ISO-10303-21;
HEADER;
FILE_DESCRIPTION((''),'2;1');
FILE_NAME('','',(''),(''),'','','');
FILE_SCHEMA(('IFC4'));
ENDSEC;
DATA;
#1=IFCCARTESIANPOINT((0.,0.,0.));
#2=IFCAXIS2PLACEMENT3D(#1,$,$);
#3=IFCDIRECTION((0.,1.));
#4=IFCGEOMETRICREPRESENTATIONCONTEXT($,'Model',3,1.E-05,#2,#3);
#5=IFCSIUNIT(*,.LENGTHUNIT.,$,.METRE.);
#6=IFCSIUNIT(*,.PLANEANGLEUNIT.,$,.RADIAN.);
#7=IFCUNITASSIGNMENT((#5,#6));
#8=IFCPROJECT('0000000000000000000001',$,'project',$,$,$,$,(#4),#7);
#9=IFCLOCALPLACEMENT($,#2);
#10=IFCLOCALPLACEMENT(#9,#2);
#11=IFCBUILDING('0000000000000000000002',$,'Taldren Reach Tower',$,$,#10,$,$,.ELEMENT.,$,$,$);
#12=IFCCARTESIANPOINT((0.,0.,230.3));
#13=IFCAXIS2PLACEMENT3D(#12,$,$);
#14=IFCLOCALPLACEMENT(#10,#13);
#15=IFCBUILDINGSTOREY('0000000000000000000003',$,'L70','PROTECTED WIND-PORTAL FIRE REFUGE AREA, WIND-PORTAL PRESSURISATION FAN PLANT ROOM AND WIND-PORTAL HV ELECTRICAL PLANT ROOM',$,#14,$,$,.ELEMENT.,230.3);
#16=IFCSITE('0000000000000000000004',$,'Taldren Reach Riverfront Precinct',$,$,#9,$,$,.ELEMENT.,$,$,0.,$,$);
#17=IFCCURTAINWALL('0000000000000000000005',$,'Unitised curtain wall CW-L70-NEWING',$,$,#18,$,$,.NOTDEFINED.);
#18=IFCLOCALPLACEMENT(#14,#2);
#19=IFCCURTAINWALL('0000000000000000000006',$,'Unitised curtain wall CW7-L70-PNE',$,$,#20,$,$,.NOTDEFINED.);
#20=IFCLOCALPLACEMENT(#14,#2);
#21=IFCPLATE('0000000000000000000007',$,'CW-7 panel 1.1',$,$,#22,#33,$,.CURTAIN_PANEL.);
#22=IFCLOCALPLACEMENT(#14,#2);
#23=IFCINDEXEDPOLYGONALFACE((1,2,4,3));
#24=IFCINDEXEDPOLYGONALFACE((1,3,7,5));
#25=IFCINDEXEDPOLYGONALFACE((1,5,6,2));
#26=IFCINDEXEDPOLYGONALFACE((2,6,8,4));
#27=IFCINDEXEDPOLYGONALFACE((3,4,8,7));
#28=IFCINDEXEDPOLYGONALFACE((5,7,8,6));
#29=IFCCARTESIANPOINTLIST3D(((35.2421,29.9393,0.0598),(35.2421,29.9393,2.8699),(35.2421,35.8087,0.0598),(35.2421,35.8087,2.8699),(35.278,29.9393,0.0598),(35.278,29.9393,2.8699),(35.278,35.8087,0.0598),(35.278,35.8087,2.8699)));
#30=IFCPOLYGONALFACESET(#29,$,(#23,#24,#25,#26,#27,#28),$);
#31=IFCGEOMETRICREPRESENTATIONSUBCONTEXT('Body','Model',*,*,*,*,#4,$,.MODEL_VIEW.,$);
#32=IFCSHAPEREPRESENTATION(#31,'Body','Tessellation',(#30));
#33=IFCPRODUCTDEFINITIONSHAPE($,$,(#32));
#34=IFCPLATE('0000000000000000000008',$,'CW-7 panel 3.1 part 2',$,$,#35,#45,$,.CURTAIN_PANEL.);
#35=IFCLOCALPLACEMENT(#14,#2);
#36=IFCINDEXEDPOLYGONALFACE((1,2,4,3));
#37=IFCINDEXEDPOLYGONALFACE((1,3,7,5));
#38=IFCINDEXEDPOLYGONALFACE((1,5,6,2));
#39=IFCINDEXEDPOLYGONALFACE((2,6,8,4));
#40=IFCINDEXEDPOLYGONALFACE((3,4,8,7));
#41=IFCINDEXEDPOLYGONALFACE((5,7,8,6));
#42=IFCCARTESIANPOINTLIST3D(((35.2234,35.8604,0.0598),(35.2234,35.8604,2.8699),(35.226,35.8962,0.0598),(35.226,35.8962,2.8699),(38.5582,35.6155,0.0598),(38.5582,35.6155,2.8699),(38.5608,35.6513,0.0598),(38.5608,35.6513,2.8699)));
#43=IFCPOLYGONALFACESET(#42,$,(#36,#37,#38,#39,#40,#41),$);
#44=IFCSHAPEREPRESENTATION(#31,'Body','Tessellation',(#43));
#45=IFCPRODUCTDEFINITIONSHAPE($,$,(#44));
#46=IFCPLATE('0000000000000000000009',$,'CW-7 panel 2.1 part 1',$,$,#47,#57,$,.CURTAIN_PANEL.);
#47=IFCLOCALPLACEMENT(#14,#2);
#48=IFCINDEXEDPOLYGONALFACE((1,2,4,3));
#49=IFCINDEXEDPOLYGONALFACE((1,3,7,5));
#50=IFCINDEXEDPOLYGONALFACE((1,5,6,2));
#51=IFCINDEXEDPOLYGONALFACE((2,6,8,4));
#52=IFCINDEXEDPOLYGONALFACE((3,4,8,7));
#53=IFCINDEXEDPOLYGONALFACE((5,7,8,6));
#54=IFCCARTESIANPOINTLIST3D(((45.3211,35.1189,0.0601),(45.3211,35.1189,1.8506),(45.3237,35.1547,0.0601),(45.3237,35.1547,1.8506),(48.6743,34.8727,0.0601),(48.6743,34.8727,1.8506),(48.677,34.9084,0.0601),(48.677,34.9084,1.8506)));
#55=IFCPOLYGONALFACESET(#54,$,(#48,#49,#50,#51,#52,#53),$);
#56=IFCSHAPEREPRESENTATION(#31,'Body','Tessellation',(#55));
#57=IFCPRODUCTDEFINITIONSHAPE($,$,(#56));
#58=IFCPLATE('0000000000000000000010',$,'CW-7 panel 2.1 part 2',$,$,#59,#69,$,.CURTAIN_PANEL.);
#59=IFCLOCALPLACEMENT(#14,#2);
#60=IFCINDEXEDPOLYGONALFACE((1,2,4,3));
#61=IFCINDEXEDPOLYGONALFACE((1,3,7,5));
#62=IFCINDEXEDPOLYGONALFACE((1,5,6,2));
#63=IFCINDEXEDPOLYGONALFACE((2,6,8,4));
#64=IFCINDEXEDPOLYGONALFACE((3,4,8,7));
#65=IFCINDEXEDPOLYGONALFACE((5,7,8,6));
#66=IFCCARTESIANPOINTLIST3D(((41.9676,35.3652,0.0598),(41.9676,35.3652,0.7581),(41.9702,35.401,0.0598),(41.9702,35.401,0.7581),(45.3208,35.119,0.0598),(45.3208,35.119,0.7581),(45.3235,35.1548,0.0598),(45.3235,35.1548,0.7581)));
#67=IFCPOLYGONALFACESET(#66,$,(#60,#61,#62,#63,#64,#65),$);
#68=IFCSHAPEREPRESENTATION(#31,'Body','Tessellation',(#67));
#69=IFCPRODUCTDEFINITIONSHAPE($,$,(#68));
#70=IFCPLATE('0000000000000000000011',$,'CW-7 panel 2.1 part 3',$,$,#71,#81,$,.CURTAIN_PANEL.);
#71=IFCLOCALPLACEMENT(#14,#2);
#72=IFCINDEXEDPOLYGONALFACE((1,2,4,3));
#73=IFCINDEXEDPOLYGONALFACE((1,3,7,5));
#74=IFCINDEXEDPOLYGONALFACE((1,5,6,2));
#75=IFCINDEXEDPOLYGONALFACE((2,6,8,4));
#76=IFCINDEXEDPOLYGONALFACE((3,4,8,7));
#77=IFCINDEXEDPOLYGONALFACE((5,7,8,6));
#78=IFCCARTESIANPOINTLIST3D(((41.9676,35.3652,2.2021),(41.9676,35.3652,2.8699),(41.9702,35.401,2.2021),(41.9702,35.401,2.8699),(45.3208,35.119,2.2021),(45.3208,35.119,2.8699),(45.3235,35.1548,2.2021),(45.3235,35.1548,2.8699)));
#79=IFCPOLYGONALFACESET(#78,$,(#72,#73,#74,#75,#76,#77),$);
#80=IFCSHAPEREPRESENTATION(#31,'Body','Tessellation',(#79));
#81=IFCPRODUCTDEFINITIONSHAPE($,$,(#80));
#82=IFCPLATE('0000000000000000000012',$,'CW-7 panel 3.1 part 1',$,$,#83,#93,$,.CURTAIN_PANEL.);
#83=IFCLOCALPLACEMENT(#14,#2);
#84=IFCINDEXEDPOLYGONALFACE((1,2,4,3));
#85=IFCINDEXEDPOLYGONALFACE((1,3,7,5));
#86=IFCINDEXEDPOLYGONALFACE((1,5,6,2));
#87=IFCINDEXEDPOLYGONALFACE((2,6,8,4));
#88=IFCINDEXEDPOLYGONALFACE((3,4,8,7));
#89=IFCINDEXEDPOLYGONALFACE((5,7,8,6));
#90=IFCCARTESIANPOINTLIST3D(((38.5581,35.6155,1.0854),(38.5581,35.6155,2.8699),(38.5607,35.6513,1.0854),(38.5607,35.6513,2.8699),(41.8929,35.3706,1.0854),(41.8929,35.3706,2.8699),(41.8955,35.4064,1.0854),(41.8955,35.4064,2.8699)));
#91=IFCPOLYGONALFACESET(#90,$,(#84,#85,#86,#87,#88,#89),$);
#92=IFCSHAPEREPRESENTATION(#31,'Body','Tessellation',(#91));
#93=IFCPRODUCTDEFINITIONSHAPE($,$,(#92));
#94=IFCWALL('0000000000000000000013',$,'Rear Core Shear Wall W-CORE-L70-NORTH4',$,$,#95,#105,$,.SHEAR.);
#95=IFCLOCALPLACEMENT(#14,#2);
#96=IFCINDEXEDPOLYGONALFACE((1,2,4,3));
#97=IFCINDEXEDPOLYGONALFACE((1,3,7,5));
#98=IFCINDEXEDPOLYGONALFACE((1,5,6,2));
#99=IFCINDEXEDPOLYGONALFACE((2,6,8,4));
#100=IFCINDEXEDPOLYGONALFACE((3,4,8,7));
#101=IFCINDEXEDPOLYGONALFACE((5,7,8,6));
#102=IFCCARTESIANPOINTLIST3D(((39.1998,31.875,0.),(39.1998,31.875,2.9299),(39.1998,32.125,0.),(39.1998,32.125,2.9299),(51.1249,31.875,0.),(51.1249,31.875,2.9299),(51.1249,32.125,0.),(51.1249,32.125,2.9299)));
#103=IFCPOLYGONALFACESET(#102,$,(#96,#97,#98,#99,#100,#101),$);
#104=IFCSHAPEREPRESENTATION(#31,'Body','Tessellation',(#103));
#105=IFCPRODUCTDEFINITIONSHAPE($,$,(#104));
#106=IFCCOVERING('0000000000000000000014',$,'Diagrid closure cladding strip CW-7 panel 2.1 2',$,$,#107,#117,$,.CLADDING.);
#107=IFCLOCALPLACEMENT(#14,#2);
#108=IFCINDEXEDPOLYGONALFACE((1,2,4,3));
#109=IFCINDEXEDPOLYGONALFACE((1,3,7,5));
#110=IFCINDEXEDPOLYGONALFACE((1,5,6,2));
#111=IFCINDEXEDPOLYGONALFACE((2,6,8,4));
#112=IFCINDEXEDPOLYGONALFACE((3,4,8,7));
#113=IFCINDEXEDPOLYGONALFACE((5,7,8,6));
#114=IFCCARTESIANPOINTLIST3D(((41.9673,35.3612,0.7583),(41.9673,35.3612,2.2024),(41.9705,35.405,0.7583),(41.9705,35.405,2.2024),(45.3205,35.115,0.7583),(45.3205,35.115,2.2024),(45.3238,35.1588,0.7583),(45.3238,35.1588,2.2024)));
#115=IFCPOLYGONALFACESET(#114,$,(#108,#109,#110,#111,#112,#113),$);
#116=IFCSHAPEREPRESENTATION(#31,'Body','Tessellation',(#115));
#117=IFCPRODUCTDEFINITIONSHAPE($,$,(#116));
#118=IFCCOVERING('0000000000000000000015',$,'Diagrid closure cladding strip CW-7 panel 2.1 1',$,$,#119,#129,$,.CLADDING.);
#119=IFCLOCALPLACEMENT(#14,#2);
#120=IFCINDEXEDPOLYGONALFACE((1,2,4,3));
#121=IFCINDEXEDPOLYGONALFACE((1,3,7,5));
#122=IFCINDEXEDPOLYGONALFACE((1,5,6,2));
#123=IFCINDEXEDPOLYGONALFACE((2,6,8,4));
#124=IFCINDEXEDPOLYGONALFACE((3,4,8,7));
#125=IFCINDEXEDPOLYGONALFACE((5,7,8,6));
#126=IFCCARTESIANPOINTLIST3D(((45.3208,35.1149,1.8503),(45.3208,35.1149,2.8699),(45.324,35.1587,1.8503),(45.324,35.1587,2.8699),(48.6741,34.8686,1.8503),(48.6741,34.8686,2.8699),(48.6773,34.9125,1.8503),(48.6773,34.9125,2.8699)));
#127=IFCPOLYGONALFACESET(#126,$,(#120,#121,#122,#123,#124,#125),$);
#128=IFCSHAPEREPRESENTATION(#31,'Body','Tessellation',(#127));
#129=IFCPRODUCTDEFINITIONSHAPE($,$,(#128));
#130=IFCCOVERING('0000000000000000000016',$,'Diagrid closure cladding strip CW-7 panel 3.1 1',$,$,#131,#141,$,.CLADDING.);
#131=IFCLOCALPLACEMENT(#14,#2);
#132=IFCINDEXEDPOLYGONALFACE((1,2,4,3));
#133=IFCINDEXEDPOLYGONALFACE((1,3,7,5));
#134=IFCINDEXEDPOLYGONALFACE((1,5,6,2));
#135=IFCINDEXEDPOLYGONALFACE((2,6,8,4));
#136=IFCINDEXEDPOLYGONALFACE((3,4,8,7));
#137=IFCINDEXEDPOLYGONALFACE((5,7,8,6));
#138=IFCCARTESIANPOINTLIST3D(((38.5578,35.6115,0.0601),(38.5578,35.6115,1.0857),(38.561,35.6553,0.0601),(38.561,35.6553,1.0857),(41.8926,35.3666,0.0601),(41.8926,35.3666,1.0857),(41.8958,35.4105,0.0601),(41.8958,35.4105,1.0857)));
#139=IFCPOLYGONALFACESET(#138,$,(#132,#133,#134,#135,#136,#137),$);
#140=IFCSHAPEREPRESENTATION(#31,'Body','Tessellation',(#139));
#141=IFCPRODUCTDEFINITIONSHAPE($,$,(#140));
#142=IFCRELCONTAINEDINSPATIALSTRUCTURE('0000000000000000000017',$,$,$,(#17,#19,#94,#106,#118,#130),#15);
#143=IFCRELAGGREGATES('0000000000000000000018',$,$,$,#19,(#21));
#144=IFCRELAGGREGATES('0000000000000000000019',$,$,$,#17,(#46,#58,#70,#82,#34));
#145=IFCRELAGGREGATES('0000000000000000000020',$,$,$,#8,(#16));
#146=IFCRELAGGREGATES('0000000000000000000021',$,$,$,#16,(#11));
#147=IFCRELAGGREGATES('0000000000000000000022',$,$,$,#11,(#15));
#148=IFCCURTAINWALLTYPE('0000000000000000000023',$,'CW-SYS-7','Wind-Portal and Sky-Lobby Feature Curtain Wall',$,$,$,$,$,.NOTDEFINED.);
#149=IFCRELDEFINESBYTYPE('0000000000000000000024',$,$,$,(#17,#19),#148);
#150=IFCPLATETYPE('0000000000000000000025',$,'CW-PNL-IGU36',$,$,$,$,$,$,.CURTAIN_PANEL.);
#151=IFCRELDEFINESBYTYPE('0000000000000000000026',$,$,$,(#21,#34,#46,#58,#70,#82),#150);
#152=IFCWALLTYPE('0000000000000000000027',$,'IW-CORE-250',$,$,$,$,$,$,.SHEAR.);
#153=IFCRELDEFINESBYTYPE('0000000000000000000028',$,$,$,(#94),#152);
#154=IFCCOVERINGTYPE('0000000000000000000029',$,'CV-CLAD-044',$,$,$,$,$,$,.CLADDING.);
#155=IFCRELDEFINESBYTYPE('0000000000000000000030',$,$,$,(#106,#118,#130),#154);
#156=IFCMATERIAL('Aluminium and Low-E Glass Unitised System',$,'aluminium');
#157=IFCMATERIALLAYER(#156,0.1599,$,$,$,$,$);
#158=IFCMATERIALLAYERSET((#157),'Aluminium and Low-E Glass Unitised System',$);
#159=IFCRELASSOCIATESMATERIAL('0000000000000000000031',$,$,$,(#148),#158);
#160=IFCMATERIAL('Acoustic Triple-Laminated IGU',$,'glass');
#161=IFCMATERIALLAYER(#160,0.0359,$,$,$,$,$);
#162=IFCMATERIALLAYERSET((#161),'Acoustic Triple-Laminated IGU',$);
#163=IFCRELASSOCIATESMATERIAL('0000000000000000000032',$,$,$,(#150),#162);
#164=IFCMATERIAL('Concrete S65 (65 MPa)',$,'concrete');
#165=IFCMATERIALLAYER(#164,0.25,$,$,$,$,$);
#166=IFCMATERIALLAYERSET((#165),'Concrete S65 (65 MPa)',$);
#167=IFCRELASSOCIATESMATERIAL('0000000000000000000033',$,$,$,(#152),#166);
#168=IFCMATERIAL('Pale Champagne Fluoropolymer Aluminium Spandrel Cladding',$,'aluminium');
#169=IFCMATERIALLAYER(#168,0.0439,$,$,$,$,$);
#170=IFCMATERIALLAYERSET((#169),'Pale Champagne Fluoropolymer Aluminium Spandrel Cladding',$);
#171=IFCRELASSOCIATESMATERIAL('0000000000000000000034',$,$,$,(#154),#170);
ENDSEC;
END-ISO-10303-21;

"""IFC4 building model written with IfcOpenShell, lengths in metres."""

from ifc_helpers import new_model, si_unit, direction, frame, frame_2d, origin, origin_2d, place, context, subcontext, project, spatial, rectangle, extrude, source, transform, mapped, material, layer, layer_set, type_object, element, aggregate, save


model = new_model("IFC4")

# Units and contexts
model_context = context("Model", 3, precision=1e-05, world=origin(), true_north=direction((0.0, 1.0)))
body_context = subcontext(model_context, "Body", "Model", "MODEL_VIEW")
ifc_project = project(units=[si_unit("LENGTHUNIT", "METRE"), si_unit("PLANEANGLEUNIT", "RADIAN")], contexts=[model_context])

# Site, building, storey
site_placement = place(None, origin())
site = spatial("IfcSite", under=ifc_project, at=site_placement, Name="Taldren Reach Riverfront Precinct", CompositionType="ELEMENT", RefElevation=0.0)
building_placement = place(site_placement, origin())
building = spatial("IfcBuilding", under=site, at=building_placement, Name="Taldren Reach Tower", CompositionType="ELEMENT")
storey_placement = place(building_placement, frame((0.0, 0.0, 230.3)))
storey = spatial("IfcBuildingStorey", under=building, at=storey_placement, Name="L70", Description="PROTECTED WIND-PORTAL FIRE REFUGE AREA, WIND-PORTAL PRESSURISATION FAN PLANT ROOM AND WIND-PORTAL HV ELECTRICAL PLANT ROOM", CompositionType="ELEMENT", Elevation=230.3)

# Curtain walls
ifc_material_1 = material(Name="Aluminium and Low-E Glass Unitised System", Category="aluminium")
ifc_layer_1 = layer(ifc_material_1, 0.1599)
ifc_layer_set_1 = layer_set([ifc_layer_1], Name="Aluminium and Low-E Glass Unitised System")
curtain_wall_type = type_object("IfcCurtainWallType", Name="CW-SYS-7", Description="Wind-Portal and Sky-Lobby Feature Curtain Wall", PredefinedType="NOTDEFINED", material=ifc_layer_set_1)
curtain_wall_1_placement = place(storey_placement, origin())
curtain_wall_1 = element("IfcCurtainWall", 1, at=curtain_wall_1_placement, inside=storey, type_object=curtain_wall_type, Name="Unitised curtain wall CW-L70-NEWING", PredefinedType="NOTDEFINED")
curtain_wall_2_placement = place(storey_placement, origin())
curtain_wall_2 = element("IfcCurtainWall", 2, at=curtain_wall_2_placement, inside=storey, type_object=curtain_wall_type, Name="Unitised curtain wall CW7-L70-PNE", PredefinedType="NOTDEFINED")

# Plates
ifc_material_2 = material(Name="Acoustic Triple-Laminated IGU", Category="glass")
ifc_layer_2 = layer(ifc_material_2, 0.0359)
ifc_layer_set_2 = layer_set([ifc_layer_2], Name="Acoustic Triple-Laminated IGU")
plate_type_1 = type_object("IfcPlateType", Name="CW-PNL-IGU36", PredefinedType="CURTAIN_PANEL", material=ifc_layer_set_2)
shared_shape_1 = source(origin(), body_context, "Body", "SweptSolid", [
    extrude(rectangle(XDim=5.8694, YDim=0.0359, at=origin_2d()), origin(), (0.0, 0.0, 1.0), 2.8101),
])
plate_1_placement = place(storey_placement, frame((35.26, 32.874, 0.0598), z_axis=(0.0, 0.0, 1.0), x_axis=(0.0, -1.0, 0.0)))
plate_1 = element("IfcPlate", 3, at=plate_1_placement, type_object=plate_type_1, Name="CW-7 panel 1.1", PredefinedType="CURTAIN_PANEL", context=body_context, shape_type="MappedRepresentation", body=[
    mapped(shared_shape_1, transform((0.0, 0.0, 0.0), scale=1.0)),
])
aggregate(curtain_wall_2, [plate_1])
shared_shape_2 = source(origin(), body_context, "Body", "SweptSolid", [
    extrude(rectangle(XDim=3.3438, YDim=0.0359, at=origin_2d()), origin(), (0.0, 0.0, 1.0), 2.8101),
])
plate_2_placement = place(storey_placement, frame((36.8921, 35.7559, 0.0598), z_axis=(0.0, 0.0, 1.0), x_axis=(-0.997314, 0.073238, 0.0)))
plate_2 = element("IfcPlate", 4, at=plate_2_placement, type_object=plate_type_1, Name="CW-7 panel 3.1 part 2", PredefinedType="CURTAIN_PANEL", context=body_context, shape_type="MappedRepresentation", body=[
    mapped(shared_shape_2, transform((0.0, 0.0, 0.0), scale=1.0)),
])
shared_shape_3 = source(origin(), body_context, "Body", "SweptSolid", [
    extrude(rectangle(XDim=3.3623, YDim=0.0359, at=origin_2d()), origin(), (0.0, 0.0, 1.0), 1.7905),
])
plate_3_placement = place(storey_placement, frame((46.999, 35.0137, 0.0601), z_axis=(0.0, 0.0, 1.0), x_axis=(-0.997314, 0.073238, 0.0)))
plate_3 = element("IfcPlate", 5, at=plate_3_placement, type_object=plate_type_1, Name="CW-7 panel 2.1 part 1", PredefinedType="CURTAIN_PANEL", context=body_context, shape_type="MappedRepresentation", body=[
    mapped(shared_shape_3, transform((0.0, 0.0, 0.0), scale=1.0)),
])
shared_shape_4 = source(origin(), body_context, "Body", "SweptSolid", [
    extrude(rectangle(XDim=3.3623, YDim=0.0359, at=origin_2d()), origin(), (0.0, 0.0, 1.0), 0.6982),
])
plate_4_placement = place(storey_placement, frame((43.6455, 35.26, 0.0598), z_axis=(0.0, 0.0, 1.0), x_axis=(-0.997314, 0.073238, 0.0)))
plate_4 = element("IfcPlate", 6, at=plate_4_placement, type_object=plate_type_1, Name="CW-7 panel 2.1 part 2", PredefinedType="CURTAIN_PANEL", context=body_context, shape_type="MappedRepresentation", body=[
    mapped(shared_shape_4, transform((0.0, 0.0, 0.0), scale=1.0)),
])
shared_shape_5 = source(origin(), body_context, "Body", "SweptSolid", [
    extrude(rectangle(XDim=3.3623, YDim=0.0359, at=origin_2d()), origin(), (0.0, 0.0, 1.0), 0.6677),
])
plate_5_placement = place(storey_placement, frame((43.6455, 35.26, 2.2021), z_axis=(0.0, 0.0, 1.0), x_axis=(-0.997314, 0.073238, 0.0)))
plate_5 = element("IfcPlate", 7, at=plate_5_placement, type_object=plate_type_1, Name="CW-7 panel 2.1 part 3", PredefinedType="CURTAIN_PANEL", context=body_context, shape_type="MappedRepresentation", body=[
    mapped(shared_shape_5, transform((0.0, 0.0, 0.0), scale=1.0)),
])
shared_shape_6 = source(origin(), body_context, "Body", "SweptSolid", [
    extrude(rectangle(XDim=3.3438, YDim=0.0359, at=origin_2d()), origin(), (0.0, 0.0, 1.0), 1.7844),
])
plate_6_placement = place(storey_placement, frame((40.2268, 35.511, 1.0854), z_axis=(0.0, 0.0, 1.0), x_axis=(-0.997314, 0.073238, 0.0)))
plate_6 = element("IfcPlate", 8, at=plate_6_placement, type_object=plate_type_1, Name="CW-7 panel 3.1 part 1", PredefinedType="CURTAIN_PANEL", context=body_context, shape_type="MappedRepresentation", body=[
    mapped(shared_shape_6, transform((0.0, 0.0, 0.0), scale=1.0)),
])
aggregate(curtain_wall_1, [plate_3, plate_4, plate_5, plate_6, plate_2])

# Wall
ifc_material_3 = material(Name="Concrete S65 (65 MPa)", Category="concrete")
ifc_layer_3 = layer(ifc_material_3, 0.25)
ifc_layer_set_3 = layer_set([ifc_layer_3], Name="Concrete S65 (65 MPa)")
wall_type = type_object("IfcWallType", Name="IW-CORE-250", PredefinedType="SHEAR", material=ifc_layer_set_3)
shared_shape_7 = source(origin(), body_context, "Body", "SweptSolid", [
    extrude(rectangle(XDim=11.925, YDim=0.25, at=frame_2d((5.9624, 0.0))), origin(), (0.0, 0.0, 1.0), 2.9299),
])
wall_placement = place(storey_placement, frame((39.2, 32.0, 0.0), z_axis=(0.0, 0.0, 1.0), x_axis=(1.0, 0.0, 0.0)))
element("IfcWall", 9, at=wall_placement, inside=storey, type_object=wall_type, Name="Rear Core Shear Wall W-CORE-L70-NORTH4", PredefinedType="SHEAR", context=body_context, shape_type="MappedRepresentation", body=[
    mapped(shared_shape_7, transform((0.0, 0.0, 0.0), scale=1.0)),
])

# Coverings
ifc_material_4 = material(Name="Pale Champagne Fluoropolymer Aluminium Spandrel Cladding", Category="aluminium")
ifc_layer_4 = layer(ifc_material_4, 0.0439)
ifc_layer_set_4 = layer_set([ifc_layer_4], Name="Pale Champagne Fluoropolymer Aluminium Spandrel Cladding")
covering_type = type_object("IfcCoveringType", Name="CV-CLAD-044", PredefinedType="CLADDING", material=ifc_layer_set_4)
shared_shape_8 = source(origin(), body_context, "Body", "SweptSolid", [
    extrude(rectangle(XDim=3.3623, YDim=0.0439, at=origin_2d()), origin(), (0.0, 0.0, 1.0), 1.4441),
])
covering_1_placement = place(storey_placement, frame((43.6455, 35.26, 0.7583), z_axis=(0.0, 0.0, 1.0), x_axis=(-0.997314, 0.073238, 0.0)))
element("IfcCovering", 10, at=covering_1_placement, inside=storey, type_object=covering_type, Name="Diagrid closure cladding strip CW-7 panel 2.1 2", PredefinedType="CLADDING", context=body_context, shape_type="MappedRepresentation", body=[
    mapped(shared_shape_8, transform((0.0, 0.0, 0.0), scale=1.0)),
])
shared_shape_9 = source(origin(), body_context, "Body", "SweptSolid", [
    extrude(rectangle(XDim=3.3623, YDim=0.0439, at=origin_2d()), origin(), (0.0, 0.0, 1.0), 1.0195),
])
covering_2_placement = place(storey_placement, frame((46.999, 35.0137, 1.8503), z_axis=(0.0, 0.0, 1.0), x_axis=(-0.997314, 0.073238, 0.0)))
element("IfcCovering", 11, at=covering_2_placement, inside=storey, type_object=covering_type, Name="Diagrid closure cladding strip CW-7 panel 2.1 1", PredefinedType="CLADDING", context=body_context, shape_type="MappedRepresentation", body=[
    mapped(shared_shape_9, transform((0.0, 0.0, 0.0), scale=1.0)),
])
shared_shape_10 = source(origin(), body_context, "Body", "SweptSolid", [
    extrude(rectangle(XDim=3.3438, YDim=0.0439, at=origin_2d()), origin(), (0.0, 0.0, 1.0), 1.0256),
])
covering_3_placement = place(storey_placement, frame((40.2268, 35.511, 0.0601), z_axis=(0.0, 0.0, 1.0), x_axis=(-0.997314, 0.073238, 0.0)))
element("IfcCovering", 12, at=covering_3_placement, inside=storey, type_object=covering_type, Name="Diagrid closure cladding strip CW-7 panel 3.1 1", PredefinedType="CLADDING", context=body_context, shape_type="MappedRepresentation", body=[
    mapped(shared_shape_10, transform((0.0, 0.0, 0.0), scale=1.0)),
])

save(model, "model.ifc")
